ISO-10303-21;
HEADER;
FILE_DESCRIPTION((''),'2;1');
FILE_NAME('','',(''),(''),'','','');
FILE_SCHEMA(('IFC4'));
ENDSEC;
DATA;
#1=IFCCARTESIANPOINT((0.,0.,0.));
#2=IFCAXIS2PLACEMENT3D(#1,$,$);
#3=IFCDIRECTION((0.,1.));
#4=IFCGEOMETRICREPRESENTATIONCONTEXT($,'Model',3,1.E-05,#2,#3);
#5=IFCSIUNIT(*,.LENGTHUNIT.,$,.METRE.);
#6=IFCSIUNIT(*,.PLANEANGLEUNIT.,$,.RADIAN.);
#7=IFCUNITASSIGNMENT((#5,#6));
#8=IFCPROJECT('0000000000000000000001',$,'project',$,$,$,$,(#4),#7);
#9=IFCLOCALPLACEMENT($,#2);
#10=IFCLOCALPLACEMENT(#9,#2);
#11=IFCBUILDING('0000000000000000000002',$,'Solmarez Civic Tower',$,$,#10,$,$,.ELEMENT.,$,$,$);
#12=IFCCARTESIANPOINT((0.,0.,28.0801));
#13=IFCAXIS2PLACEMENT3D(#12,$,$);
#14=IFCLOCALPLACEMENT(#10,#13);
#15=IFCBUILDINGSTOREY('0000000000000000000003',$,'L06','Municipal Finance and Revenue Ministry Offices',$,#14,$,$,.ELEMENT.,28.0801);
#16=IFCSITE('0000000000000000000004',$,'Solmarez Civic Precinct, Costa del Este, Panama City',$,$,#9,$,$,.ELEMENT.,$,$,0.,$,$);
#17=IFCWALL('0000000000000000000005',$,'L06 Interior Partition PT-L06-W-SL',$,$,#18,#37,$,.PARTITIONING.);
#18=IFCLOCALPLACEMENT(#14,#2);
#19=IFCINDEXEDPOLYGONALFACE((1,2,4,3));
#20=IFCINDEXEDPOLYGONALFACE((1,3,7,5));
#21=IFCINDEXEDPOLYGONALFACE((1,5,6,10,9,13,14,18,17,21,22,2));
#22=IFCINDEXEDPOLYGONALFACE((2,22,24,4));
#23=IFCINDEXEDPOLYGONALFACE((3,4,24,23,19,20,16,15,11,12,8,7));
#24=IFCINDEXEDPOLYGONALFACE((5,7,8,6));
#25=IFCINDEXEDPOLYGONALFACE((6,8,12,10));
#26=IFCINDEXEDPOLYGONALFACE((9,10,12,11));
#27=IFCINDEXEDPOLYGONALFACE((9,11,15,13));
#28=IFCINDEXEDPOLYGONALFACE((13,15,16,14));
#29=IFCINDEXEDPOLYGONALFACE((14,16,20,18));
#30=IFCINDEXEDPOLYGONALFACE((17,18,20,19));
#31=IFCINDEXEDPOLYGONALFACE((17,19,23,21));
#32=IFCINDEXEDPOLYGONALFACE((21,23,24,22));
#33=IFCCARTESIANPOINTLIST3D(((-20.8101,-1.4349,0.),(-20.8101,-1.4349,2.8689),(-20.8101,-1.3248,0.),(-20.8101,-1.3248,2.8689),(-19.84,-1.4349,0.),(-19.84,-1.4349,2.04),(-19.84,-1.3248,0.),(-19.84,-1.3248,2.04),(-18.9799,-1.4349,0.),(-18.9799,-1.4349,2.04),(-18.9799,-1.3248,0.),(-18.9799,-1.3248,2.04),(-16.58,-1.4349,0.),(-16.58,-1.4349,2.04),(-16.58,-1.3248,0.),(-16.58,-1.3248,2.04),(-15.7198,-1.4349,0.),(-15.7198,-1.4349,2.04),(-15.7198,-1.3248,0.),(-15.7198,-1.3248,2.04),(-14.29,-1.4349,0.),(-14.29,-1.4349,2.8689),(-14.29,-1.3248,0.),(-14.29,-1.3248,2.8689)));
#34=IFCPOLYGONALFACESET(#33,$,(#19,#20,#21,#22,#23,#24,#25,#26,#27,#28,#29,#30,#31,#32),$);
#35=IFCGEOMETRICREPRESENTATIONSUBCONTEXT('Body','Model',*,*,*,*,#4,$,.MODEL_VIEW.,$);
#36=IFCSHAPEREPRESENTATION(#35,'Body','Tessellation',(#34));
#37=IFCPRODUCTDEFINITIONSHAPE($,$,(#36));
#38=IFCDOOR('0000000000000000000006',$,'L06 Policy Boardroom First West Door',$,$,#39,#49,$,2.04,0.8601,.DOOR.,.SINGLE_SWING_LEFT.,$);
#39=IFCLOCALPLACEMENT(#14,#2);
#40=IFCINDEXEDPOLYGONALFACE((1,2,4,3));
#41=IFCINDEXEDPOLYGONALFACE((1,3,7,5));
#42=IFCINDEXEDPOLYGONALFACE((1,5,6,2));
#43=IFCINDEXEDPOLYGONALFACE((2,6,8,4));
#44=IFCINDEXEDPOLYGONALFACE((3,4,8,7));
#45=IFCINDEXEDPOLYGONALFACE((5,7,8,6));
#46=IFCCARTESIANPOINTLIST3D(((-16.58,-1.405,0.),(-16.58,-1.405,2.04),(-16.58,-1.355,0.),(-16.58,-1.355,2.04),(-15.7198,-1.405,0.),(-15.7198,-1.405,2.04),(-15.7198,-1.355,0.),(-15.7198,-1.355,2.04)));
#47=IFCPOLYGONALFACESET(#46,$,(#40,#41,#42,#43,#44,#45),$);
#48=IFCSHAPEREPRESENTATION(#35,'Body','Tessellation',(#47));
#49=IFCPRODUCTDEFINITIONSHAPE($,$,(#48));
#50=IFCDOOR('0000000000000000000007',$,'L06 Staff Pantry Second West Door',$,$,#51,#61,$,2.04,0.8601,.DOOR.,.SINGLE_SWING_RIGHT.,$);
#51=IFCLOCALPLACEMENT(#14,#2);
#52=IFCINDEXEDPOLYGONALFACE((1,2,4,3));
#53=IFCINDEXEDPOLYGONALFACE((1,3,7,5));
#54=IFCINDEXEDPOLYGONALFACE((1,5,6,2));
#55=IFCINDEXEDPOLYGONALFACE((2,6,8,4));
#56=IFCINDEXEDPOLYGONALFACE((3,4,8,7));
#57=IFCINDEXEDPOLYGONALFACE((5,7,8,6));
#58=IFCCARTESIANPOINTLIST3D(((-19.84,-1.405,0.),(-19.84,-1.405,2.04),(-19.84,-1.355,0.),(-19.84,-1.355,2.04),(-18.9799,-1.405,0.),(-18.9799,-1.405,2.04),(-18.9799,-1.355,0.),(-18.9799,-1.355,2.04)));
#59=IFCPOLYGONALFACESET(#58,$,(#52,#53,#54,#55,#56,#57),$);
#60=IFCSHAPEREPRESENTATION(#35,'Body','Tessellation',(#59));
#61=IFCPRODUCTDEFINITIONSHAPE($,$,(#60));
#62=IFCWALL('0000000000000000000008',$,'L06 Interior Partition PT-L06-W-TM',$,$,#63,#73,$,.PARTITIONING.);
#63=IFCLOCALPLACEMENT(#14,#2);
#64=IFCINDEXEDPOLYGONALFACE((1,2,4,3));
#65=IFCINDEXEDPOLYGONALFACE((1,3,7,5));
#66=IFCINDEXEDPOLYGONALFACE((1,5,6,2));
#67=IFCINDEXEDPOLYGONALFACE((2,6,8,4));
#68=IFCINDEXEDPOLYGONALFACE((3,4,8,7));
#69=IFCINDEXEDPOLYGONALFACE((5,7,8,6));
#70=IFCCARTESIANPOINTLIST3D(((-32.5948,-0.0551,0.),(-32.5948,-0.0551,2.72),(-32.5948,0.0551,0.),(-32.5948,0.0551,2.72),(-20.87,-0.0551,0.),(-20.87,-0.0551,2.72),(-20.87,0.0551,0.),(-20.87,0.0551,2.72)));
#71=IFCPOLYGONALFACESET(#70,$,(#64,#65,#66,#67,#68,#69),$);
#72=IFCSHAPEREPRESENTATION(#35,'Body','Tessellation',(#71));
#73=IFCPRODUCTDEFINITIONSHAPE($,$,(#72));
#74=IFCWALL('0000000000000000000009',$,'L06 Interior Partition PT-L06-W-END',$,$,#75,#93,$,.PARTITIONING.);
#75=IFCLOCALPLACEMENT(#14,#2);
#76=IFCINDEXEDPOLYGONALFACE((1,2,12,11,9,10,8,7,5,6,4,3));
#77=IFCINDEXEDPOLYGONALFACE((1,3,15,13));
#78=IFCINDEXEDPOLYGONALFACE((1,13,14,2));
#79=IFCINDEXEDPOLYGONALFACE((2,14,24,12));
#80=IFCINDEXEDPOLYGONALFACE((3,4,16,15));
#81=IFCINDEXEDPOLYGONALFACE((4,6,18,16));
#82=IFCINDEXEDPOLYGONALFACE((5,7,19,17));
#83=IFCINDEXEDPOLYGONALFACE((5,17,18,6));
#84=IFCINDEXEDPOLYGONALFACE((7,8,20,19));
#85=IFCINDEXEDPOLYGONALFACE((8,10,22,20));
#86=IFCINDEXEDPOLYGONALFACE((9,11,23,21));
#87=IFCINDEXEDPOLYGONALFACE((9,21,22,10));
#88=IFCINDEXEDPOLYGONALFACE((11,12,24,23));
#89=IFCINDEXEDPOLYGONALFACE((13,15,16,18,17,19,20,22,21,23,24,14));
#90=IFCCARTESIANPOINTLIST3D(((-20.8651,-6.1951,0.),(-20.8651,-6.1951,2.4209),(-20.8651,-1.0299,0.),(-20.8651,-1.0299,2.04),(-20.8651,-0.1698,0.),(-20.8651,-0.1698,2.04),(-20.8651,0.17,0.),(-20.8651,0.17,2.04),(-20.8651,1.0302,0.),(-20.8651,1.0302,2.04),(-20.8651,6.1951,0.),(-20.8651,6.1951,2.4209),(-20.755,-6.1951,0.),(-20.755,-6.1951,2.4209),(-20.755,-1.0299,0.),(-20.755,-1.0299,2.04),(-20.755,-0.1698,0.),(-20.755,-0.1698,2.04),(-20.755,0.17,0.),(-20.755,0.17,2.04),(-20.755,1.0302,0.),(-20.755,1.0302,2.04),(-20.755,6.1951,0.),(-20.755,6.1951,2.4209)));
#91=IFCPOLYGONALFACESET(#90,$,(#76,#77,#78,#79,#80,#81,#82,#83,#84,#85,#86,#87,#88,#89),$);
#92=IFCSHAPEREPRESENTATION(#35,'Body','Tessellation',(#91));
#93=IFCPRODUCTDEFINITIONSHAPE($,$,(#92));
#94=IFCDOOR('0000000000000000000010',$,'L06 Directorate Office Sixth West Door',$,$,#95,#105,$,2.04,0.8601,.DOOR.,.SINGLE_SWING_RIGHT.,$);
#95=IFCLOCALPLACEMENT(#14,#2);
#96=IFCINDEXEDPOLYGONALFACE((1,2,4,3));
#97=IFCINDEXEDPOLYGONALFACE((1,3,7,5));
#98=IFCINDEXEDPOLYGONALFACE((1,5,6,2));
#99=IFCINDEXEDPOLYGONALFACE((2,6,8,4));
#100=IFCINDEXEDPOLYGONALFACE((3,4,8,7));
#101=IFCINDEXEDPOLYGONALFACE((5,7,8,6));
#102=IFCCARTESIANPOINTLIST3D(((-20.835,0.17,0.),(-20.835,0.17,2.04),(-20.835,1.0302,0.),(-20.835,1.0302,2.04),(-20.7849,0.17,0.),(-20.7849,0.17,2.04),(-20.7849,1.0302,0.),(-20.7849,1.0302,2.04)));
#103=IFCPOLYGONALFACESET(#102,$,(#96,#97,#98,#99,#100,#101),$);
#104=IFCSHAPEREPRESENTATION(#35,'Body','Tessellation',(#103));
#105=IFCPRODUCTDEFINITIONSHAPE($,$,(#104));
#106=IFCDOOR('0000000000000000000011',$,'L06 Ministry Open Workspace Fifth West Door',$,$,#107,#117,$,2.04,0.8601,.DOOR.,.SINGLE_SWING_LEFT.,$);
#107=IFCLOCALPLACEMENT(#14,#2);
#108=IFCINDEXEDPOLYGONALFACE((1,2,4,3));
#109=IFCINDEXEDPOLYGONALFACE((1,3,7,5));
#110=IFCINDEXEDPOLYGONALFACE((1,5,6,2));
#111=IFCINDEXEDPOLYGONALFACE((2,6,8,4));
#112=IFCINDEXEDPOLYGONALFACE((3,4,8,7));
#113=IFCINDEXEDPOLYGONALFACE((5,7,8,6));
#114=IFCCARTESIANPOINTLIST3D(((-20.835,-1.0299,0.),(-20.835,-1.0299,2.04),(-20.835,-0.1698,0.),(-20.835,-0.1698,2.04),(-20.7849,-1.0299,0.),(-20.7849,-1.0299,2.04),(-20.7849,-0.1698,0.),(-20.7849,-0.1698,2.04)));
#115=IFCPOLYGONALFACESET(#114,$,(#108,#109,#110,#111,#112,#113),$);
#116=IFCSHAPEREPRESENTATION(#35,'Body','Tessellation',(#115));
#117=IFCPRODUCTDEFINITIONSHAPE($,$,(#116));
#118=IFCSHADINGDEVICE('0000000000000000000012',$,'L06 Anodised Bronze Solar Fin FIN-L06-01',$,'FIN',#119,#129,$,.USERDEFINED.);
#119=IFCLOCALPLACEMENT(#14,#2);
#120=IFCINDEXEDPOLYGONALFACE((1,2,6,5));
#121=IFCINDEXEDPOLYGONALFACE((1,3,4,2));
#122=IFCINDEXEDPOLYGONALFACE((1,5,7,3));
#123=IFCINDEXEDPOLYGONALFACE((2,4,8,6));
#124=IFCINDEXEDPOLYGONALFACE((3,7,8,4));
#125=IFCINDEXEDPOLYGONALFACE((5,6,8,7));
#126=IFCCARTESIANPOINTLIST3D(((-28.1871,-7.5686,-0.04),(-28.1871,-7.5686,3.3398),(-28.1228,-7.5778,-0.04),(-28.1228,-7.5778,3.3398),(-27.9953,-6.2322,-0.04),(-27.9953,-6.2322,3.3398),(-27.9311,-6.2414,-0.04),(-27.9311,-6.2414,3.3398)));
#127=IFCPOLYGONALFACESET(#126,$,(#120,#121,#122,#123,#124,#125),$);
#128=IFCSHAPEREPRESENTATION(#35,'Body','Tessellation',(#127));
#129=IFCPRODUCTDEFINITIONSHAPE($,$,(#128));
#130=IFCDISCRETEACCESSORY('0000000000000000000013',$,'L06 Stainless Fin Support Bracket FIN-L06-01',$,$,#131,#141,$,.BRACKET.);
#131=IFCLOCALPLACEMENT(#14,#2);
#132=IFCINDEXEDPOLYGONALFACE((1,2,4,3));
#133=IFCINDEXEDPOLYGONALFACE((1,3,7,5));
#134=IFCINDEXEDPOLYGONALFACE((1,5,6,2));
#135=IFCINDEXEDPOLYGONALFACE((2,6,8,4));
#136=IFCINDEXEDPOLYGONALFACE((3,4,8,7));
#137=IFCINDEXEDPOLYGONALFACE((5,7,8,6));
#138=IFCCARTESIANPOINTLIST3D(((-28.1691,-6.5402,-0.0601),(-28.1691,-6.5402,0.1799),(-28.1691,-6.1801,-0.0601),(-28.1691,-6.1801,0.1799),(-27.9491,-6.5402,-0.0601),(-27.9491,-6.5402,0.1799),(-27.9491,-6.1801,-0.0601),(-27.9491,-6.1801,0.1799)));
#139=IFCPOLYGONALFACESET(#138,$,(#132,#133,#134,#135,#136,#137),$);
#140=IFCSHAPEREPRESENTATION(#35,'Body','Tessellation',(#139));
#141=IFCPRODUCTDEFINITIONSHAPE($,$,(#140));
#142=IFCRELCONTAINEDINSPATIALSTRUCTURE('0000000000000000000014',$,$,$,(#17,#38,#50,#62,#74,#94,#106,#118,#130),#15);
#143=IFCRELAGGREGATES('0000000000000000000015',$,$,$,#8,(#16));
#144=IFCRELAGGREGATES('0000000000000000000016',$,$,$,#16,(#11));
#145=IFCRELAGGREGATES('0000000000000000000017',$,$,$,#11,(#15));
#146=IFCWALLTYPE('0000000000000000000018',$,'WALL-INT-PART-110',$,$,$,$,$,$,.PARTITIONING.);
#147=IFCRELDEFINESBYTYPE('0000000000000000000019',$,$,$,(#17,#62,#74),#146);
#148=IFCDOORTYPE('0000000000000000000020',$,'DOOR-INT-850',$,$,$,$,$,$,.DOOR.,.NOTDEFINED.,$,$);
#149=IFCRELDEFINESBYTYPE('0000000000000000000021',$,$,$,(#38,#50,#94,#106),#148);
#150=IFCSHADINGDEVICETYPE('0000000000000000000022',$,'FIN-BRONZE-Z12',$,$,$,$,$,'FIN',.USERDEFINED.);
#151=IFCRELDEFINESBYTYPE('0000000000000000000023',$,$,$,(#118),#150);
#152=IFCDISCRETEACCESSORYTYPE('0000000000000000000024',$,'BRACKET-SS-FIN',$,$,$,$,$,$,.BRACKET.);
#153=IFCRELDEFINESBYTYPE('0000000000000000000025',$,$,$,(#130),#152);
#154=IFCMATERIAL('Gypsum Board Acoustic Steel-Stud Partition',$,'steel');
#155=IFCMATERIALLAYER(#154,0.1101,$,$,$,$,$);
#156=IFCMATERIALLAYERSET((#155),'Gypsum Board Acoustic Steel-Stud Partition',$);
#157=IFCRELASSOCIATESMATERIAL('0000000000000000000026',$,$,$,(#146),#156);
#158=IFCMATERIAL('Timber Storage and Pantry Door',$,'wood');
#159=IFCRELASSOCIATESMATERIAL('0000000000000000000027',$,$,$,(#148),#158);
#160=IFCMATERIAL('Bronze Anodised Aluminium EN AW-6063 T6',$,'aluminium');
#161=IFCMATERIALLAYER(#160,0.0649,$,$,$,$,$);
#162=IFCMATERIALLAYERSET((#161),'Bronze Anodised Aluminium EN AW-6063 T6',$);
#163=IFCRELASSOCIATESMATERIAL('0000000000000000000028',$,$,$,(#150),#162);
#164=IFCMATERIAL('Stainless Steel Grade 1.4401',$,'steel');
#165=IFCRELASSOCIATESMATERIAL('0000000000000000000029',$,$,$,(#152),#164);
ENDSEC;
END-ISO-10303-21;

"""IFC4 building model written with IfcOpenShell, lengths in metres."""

from ifc_helpers import new_model, si_unit, direction, frame, frame_2d, origin, origin_2d, place, context, subcontext, project, spatial, rectangle, extrude, material, layer, layer_set, type_object, element, fill, save


model = new_model("IFC4")

# Units and contexts
model_context = context("Model", 3, precision=1e-05, world=origin(), true_north=direction((0.0, 1.0)))
body_context = subcontext(model_context, "Body", "Model", "MODEL_VIEW")
ifc_project = project(units=[si_unit("LENGTHUNIT", "METRE"), si_unit("PLANEANGLEUNIT", "RADIAN")], contexts=[model_context])

# Site, building, storey
site_placement = place(None, origin())
site = spatial("IfcSite", under=ifc_project, at=site_placement, Name="Solmarez Civic Precinct, Costa del Este, Panama City", CompositionType="ELEMENT", RefElevation=0.0)
building_placement = place(site_placement, origin())
building = spatial("IfcBuilding", under=site, at=building_placement, Name="Solmarez Civic Tower", CompositionType="ELEMENT")
storey_placement = place(building_placement, frame((0.0, 0.0, 28.0801)))
storey = spatial("IfcBuildingStorey", under=building, at=storey_placement, Name="L06", Description="Municipal Finance and Revenue Ministry Offices", CompositionType="ELEMENT", Elevation=28.0801)

# Shared definitions
ifc_material_1 = material(Name="Gypsum Board Acoustic Steel-Stud Partition", Category="steel")
ifc_layer_1 = layer(ifc_material_1, 0.1101)
ifc_layer_set_1 = layer_set([ifc_layer_1], Name="Gypsum Board Acoustic Steel-Stud Partition")
wall_type_1 = type_object("IfcWallType", Name="WALL-INT-PART-110", PredefinedType="PARTITIONING", material=ifc_layer_set_1)

# Wall, openings, doors
wall_1_placement = place(storey_placement, frame((-20.8101, -1.3799, 0.0), z_axis=(0.0, 0.0, 1.0), x_axis=(1.0, 0.0, 0.0)))
wall_1 = element("IfcWall", 1, at=wall_1_placement, inside=storey, type_object=wall_type_1, Name="L06 Interior Partition PT-L06-W-SL", PredefinedType="PARTITIONING", context=body_context, shape_type="SweptSolid", body=[
    extrude(rectangle(XDim=6.52, YDim=0.1101, at=frame_2d((3.26, 0.0))), origin(), (0.0, 0.0, 1.0), 2.8689),
])
opening_1_placement = place(wall_1_placement, frame((4.23, 0.0, 0.0)))
opening_1 = element("IfcOpeningElement", 2, at=opening_1_placement, cuts=wall_1, PredefinedType="OPENING", context=body_context, shape_type="SweptSolid", body=[
    extrude(rectangle(XDim=0.8601, YDim=2.04, at=frame_2d((0.4302, 1.02))), frame((0.0, 0.0649, 0.0), z_axis=(0.0, -1.0, 0.0), x_axis=(1.0, 0.0, 0.0)), (0.0, 0.0, 1.0), 0.1301),
])
opening_2_placement = place(wall_1_placement, frame((0.97, 0.0, 0.0)))
opening_2 = element("IfcOpeningElement", 3, at=opening_2_placement, cuts=wall_1, PredefinedType="OPENING", context=body_context, shape_type="SweptSolid", body=[
    extrude(rectangle(XDim=0.8601, YDim=2.04, at=frame_2d((0.4302, 1.02))), frame((0.0, 0.0649, 0.0), z_axis=(0.0, -1.0, 0.0), x_axis=(1.0, 0.0, 0.0)), (0.0, 0.0, 1.0), 0.1301),
])
ifc_material_2 = material(Name="Timber Storage and Pantry Door", Category="wood")
door_type = type_object("IfcDoorType", Name="DOOR-INT-850", OperationType="NOTDEFINED", PredefinedType="DOOR", material=ifc_material_2)
door_1_placement = place(opening_1_placement, origin())
door_1 = element("IfcDoor", 4, at=door_1_placement, inside=storey, type_object=door_type, Name="L06 Policy Boardroom First West Door", OperationType="SINGLE_SWING_LEFT", OverallHeight=2.04, OverallWidth=0.8601, PredefinedType="DOOR", context=body_context, shape_type="SweptSolid", body=[
    extrude(rectangle(XDim=0.8601, YDim=2.04, at=frame_2d((0.4302, 1.02))), frame((0.0, 0.0249, 0.0), z_axis=(0.0, -1.0, 0.0), x_axis=(1.0, 0.0, 0.0)), (0.0, 0.0, 1.0), 0.05),
])
fill(opening_1, door_1)
door_2_placement = place(opening_2_placement, origin())
door_2 = element("IfcDoor", 5, at=door_2_placement, inside=storey, type_object=door_type, Name="L06 Staff Pantry Second West Door", OperationType="SINGLE_SWING_RIGHT", OverallHeight=2.04, OverallWidth=0.8601, PredefinedType="DOOR", context=body_context, shape_type="SweptSolid", body=[
    extrude(rectangle(XDim=0.8601, YDim=2.04, at=frame_2d((0.4302, 1.02))), frame((0.0, 0.0249, 0.0), z_axis=(0.0, -1.0, 0.0), x_axis=(1.0, 0.0, 0.0)), (0.0, 0.0, 1.0), 0.05),
])
fill(opening_2, door_2)

# Wall
wall_2_placement = place(storey_placement, frame((-20.8701, 0.0, 0.0), z_axis=(0.0, 0.0, 1.0), x_axis=(-1.0, 0.0, 0.0)))
element("IfcWall", 6, at=wall_2_placement, inside=storey, type_object=wall_type_1, Name="L06 Interior Partition PT-L06-W-TM", PredefinedType="PARTITIONING", context=body_context, shape_type="SweptSolid", body=[
    extrude(rectangle(XDim=11.7249, YDim=0.1101, at=frame_2d((5.8623, 0.0))), origin(), (0.0, 0.0, 1.0), 2.72),
])

# Wall, openings, doors
wall_3_placement = place(storey_placement, frame((-20.8101, -6.1951, 0.0), z_axis=(0.0, 0.0, 1.0), x_axis=(0.0, 1.0, 0.0)))
wall_3 = element("IfcWall", 7, at=wall_3_placement, inside=storey, type_object=wall_type_1, Name="L06 Interior Partition PT-L06-W-END", PredefinedType="PARTITIONING", context=body_context, shape_type="SweptSolid", body=[
    extrude(rectangle(XDim=12.3901, YDim=0.1101, at=frame_2d((6.1951, 0.0))), origin(), (0.0, 0.0, 1.0), 2.4209),
])
opening_3_placement = place(wall_3_placement, frame((6.365, 0.0, 0.0)))
opening_3 = element("IfcOpeningElement", 8, at=opening_3_placement, cuts=wall_3, PredefinedType="OPENING", context=body_context, shape_type="SweptSolid", body=[
    extrude(rectangle(XDim=0.8601, YDim=2.04, at=frame_2d((0.4302, 1.02))), frame((0.0, 0.0649, 0.0), z_axis=(0.0, -1.0, 0.0), x_axis=(1.0, 0.0, 0.0)), (0.0, 0.0, 1.0), 0.1301),
])
opening_4_placement = place(wall_3_placement, frame((5.165, 0.0, 0.0)))
opening_4 = element("IfcOpeningElement", 9, at=opening_4_placement, cuts=wall_3, PredefinedType="OPENING", context=body_context, shape_type="SweptSolid", body=[
    extrude(rectangle(XDim=0.8601, YDim=2.04, at=frame_2d((0.4302, 1.02))), frame((0.0, 0.0649, 0.0), z_axis=(0.0, -1.0, 0.0), x_axis=(1.0, 0.0, 0.0)), (0.0, 0.0, 1.0), 0.1301),
])
door_3_placement = place(opening_3_placement, origin())
door_3 = element("IfcDoor", 10, at=door_3_placement, inside=storey, type_object=door_type, Name="L06 Directorate Office Sixth West Door", OperationType="SINGLE_SWING_RIGHT", OverallHeight=2.04, OverallWidth=0.8601, PredefinedType="DOOR", context=body_context, shape_type="SweptSolid", body=[
    extrude(rectangle(XDim=0.8601, YDim=2.04, at=frame_2d((0.4302, 1.02))), frame((0.0, 0.0249, 0.0), z_axis=(0.0, -1.0, 0.0), x_axis=(1.0, 0.0, 0.0)), (0.0, 0.0, 1.0), 0.05),
])
fill(opening_3, door_3)
door_4_placement = place(opening_4_placement, origin())
door_4 = element("IfcDoor", 11, at=door_4_placement, inside=storey, type_object=door_type, Name="L06 Ministry Open Workspace Fifth West Door", OperationType="SINGLE_SWING_LEFT", OverallHeight=2.04, OverallWidth=0.8601, PredefinedType="DOOR", context=body_context, shape_type="SweptSolid", body=[
    extrude(rectangle(XDim=0.8601, YDim=2.04, at=frame_2d((0.4302, 1.02))), frame((0.0, 0.0249, 0.0), z_axis=(0.0, -1.0, 0.0), x_axis=(1.0, 0.0, 0.0)), (0.0, 0.0, 1.0), 0.05),
])
fill(opening_4, door_4)

# Shading device
ifc_material_3 = material(Name="Bronze Anodised Aluminium EN AW-6063 T6", Category="aluminium")
ifc_layer_2 = layer(ifc_material_3, 0.0649)
ifc_layer_set_2 = layer_set([ifc_layer_2], Name="Bronze Anodised Aluminium EN AW-6063 T6")
shading_device_type = type_object("IfcShadingDeviceType", Name="FIN-BRONZE-Z12", ElementType="FIN", PredefinedType="USERDEFINED", material=ifc_layer_set_2)
shading_device_placement = place(storey_placement, frame((-28.0591, -6.905, -0.04), z_axis=(0.0, 0.0, 1.0), x_axis=(-0.142042, -0.989861, 0.0)))
element("IfcShadingDevice", 12, at=shading_device_placement, inside=storey, type_object=shading_device_type, Name="L06 Anodised Bronze Solar Fin FIN-L06-01", ObjectType="FIN", PredefinedType="USERDEFINED", context=body_context, shape_type="SweptSolid", body=[
    extrude(rectangle(XDim=1.3501, YDim=0.0649, at=origin_2d()), origin(), (0.0, 0.0, 1.0), 3.3799),
])

# Discrete accessory
ifc_material_4 = material(Name="Stainless Steel Grade 1.4401", Category="steel")
discrete_accessory_type = type_object("IfcDiscreteAccessoryType", Name="BRACKET-SS-FIN", PredefinedType="BRACKET", material=ifc_material_4)
discrete_accessory_placement = place(storey_placement, frame((-28.0591, -6.3601, -0.0601), z_axis=(0.0, 0.0, 1.0), x_axis=(0.0, -1.0, 0.0)))
element("IfcDiscreteAccessory", 13, at=discrete_accessory_placement, inside=storey, type_object=discrete_accessory_type, Name="L06 Stainless Fin Support Bracket FIN-L06-01", PredefinedType="BRACKET", context=body_context, shape_type="SweptSolid", body=[
    extrude(rectangle(XDim=0.3601, YDim=0.22, at=origin_2d()), origin(), (0.0, 0.0, 1.0), 0.24),
])

save(model, "model.ifc")
